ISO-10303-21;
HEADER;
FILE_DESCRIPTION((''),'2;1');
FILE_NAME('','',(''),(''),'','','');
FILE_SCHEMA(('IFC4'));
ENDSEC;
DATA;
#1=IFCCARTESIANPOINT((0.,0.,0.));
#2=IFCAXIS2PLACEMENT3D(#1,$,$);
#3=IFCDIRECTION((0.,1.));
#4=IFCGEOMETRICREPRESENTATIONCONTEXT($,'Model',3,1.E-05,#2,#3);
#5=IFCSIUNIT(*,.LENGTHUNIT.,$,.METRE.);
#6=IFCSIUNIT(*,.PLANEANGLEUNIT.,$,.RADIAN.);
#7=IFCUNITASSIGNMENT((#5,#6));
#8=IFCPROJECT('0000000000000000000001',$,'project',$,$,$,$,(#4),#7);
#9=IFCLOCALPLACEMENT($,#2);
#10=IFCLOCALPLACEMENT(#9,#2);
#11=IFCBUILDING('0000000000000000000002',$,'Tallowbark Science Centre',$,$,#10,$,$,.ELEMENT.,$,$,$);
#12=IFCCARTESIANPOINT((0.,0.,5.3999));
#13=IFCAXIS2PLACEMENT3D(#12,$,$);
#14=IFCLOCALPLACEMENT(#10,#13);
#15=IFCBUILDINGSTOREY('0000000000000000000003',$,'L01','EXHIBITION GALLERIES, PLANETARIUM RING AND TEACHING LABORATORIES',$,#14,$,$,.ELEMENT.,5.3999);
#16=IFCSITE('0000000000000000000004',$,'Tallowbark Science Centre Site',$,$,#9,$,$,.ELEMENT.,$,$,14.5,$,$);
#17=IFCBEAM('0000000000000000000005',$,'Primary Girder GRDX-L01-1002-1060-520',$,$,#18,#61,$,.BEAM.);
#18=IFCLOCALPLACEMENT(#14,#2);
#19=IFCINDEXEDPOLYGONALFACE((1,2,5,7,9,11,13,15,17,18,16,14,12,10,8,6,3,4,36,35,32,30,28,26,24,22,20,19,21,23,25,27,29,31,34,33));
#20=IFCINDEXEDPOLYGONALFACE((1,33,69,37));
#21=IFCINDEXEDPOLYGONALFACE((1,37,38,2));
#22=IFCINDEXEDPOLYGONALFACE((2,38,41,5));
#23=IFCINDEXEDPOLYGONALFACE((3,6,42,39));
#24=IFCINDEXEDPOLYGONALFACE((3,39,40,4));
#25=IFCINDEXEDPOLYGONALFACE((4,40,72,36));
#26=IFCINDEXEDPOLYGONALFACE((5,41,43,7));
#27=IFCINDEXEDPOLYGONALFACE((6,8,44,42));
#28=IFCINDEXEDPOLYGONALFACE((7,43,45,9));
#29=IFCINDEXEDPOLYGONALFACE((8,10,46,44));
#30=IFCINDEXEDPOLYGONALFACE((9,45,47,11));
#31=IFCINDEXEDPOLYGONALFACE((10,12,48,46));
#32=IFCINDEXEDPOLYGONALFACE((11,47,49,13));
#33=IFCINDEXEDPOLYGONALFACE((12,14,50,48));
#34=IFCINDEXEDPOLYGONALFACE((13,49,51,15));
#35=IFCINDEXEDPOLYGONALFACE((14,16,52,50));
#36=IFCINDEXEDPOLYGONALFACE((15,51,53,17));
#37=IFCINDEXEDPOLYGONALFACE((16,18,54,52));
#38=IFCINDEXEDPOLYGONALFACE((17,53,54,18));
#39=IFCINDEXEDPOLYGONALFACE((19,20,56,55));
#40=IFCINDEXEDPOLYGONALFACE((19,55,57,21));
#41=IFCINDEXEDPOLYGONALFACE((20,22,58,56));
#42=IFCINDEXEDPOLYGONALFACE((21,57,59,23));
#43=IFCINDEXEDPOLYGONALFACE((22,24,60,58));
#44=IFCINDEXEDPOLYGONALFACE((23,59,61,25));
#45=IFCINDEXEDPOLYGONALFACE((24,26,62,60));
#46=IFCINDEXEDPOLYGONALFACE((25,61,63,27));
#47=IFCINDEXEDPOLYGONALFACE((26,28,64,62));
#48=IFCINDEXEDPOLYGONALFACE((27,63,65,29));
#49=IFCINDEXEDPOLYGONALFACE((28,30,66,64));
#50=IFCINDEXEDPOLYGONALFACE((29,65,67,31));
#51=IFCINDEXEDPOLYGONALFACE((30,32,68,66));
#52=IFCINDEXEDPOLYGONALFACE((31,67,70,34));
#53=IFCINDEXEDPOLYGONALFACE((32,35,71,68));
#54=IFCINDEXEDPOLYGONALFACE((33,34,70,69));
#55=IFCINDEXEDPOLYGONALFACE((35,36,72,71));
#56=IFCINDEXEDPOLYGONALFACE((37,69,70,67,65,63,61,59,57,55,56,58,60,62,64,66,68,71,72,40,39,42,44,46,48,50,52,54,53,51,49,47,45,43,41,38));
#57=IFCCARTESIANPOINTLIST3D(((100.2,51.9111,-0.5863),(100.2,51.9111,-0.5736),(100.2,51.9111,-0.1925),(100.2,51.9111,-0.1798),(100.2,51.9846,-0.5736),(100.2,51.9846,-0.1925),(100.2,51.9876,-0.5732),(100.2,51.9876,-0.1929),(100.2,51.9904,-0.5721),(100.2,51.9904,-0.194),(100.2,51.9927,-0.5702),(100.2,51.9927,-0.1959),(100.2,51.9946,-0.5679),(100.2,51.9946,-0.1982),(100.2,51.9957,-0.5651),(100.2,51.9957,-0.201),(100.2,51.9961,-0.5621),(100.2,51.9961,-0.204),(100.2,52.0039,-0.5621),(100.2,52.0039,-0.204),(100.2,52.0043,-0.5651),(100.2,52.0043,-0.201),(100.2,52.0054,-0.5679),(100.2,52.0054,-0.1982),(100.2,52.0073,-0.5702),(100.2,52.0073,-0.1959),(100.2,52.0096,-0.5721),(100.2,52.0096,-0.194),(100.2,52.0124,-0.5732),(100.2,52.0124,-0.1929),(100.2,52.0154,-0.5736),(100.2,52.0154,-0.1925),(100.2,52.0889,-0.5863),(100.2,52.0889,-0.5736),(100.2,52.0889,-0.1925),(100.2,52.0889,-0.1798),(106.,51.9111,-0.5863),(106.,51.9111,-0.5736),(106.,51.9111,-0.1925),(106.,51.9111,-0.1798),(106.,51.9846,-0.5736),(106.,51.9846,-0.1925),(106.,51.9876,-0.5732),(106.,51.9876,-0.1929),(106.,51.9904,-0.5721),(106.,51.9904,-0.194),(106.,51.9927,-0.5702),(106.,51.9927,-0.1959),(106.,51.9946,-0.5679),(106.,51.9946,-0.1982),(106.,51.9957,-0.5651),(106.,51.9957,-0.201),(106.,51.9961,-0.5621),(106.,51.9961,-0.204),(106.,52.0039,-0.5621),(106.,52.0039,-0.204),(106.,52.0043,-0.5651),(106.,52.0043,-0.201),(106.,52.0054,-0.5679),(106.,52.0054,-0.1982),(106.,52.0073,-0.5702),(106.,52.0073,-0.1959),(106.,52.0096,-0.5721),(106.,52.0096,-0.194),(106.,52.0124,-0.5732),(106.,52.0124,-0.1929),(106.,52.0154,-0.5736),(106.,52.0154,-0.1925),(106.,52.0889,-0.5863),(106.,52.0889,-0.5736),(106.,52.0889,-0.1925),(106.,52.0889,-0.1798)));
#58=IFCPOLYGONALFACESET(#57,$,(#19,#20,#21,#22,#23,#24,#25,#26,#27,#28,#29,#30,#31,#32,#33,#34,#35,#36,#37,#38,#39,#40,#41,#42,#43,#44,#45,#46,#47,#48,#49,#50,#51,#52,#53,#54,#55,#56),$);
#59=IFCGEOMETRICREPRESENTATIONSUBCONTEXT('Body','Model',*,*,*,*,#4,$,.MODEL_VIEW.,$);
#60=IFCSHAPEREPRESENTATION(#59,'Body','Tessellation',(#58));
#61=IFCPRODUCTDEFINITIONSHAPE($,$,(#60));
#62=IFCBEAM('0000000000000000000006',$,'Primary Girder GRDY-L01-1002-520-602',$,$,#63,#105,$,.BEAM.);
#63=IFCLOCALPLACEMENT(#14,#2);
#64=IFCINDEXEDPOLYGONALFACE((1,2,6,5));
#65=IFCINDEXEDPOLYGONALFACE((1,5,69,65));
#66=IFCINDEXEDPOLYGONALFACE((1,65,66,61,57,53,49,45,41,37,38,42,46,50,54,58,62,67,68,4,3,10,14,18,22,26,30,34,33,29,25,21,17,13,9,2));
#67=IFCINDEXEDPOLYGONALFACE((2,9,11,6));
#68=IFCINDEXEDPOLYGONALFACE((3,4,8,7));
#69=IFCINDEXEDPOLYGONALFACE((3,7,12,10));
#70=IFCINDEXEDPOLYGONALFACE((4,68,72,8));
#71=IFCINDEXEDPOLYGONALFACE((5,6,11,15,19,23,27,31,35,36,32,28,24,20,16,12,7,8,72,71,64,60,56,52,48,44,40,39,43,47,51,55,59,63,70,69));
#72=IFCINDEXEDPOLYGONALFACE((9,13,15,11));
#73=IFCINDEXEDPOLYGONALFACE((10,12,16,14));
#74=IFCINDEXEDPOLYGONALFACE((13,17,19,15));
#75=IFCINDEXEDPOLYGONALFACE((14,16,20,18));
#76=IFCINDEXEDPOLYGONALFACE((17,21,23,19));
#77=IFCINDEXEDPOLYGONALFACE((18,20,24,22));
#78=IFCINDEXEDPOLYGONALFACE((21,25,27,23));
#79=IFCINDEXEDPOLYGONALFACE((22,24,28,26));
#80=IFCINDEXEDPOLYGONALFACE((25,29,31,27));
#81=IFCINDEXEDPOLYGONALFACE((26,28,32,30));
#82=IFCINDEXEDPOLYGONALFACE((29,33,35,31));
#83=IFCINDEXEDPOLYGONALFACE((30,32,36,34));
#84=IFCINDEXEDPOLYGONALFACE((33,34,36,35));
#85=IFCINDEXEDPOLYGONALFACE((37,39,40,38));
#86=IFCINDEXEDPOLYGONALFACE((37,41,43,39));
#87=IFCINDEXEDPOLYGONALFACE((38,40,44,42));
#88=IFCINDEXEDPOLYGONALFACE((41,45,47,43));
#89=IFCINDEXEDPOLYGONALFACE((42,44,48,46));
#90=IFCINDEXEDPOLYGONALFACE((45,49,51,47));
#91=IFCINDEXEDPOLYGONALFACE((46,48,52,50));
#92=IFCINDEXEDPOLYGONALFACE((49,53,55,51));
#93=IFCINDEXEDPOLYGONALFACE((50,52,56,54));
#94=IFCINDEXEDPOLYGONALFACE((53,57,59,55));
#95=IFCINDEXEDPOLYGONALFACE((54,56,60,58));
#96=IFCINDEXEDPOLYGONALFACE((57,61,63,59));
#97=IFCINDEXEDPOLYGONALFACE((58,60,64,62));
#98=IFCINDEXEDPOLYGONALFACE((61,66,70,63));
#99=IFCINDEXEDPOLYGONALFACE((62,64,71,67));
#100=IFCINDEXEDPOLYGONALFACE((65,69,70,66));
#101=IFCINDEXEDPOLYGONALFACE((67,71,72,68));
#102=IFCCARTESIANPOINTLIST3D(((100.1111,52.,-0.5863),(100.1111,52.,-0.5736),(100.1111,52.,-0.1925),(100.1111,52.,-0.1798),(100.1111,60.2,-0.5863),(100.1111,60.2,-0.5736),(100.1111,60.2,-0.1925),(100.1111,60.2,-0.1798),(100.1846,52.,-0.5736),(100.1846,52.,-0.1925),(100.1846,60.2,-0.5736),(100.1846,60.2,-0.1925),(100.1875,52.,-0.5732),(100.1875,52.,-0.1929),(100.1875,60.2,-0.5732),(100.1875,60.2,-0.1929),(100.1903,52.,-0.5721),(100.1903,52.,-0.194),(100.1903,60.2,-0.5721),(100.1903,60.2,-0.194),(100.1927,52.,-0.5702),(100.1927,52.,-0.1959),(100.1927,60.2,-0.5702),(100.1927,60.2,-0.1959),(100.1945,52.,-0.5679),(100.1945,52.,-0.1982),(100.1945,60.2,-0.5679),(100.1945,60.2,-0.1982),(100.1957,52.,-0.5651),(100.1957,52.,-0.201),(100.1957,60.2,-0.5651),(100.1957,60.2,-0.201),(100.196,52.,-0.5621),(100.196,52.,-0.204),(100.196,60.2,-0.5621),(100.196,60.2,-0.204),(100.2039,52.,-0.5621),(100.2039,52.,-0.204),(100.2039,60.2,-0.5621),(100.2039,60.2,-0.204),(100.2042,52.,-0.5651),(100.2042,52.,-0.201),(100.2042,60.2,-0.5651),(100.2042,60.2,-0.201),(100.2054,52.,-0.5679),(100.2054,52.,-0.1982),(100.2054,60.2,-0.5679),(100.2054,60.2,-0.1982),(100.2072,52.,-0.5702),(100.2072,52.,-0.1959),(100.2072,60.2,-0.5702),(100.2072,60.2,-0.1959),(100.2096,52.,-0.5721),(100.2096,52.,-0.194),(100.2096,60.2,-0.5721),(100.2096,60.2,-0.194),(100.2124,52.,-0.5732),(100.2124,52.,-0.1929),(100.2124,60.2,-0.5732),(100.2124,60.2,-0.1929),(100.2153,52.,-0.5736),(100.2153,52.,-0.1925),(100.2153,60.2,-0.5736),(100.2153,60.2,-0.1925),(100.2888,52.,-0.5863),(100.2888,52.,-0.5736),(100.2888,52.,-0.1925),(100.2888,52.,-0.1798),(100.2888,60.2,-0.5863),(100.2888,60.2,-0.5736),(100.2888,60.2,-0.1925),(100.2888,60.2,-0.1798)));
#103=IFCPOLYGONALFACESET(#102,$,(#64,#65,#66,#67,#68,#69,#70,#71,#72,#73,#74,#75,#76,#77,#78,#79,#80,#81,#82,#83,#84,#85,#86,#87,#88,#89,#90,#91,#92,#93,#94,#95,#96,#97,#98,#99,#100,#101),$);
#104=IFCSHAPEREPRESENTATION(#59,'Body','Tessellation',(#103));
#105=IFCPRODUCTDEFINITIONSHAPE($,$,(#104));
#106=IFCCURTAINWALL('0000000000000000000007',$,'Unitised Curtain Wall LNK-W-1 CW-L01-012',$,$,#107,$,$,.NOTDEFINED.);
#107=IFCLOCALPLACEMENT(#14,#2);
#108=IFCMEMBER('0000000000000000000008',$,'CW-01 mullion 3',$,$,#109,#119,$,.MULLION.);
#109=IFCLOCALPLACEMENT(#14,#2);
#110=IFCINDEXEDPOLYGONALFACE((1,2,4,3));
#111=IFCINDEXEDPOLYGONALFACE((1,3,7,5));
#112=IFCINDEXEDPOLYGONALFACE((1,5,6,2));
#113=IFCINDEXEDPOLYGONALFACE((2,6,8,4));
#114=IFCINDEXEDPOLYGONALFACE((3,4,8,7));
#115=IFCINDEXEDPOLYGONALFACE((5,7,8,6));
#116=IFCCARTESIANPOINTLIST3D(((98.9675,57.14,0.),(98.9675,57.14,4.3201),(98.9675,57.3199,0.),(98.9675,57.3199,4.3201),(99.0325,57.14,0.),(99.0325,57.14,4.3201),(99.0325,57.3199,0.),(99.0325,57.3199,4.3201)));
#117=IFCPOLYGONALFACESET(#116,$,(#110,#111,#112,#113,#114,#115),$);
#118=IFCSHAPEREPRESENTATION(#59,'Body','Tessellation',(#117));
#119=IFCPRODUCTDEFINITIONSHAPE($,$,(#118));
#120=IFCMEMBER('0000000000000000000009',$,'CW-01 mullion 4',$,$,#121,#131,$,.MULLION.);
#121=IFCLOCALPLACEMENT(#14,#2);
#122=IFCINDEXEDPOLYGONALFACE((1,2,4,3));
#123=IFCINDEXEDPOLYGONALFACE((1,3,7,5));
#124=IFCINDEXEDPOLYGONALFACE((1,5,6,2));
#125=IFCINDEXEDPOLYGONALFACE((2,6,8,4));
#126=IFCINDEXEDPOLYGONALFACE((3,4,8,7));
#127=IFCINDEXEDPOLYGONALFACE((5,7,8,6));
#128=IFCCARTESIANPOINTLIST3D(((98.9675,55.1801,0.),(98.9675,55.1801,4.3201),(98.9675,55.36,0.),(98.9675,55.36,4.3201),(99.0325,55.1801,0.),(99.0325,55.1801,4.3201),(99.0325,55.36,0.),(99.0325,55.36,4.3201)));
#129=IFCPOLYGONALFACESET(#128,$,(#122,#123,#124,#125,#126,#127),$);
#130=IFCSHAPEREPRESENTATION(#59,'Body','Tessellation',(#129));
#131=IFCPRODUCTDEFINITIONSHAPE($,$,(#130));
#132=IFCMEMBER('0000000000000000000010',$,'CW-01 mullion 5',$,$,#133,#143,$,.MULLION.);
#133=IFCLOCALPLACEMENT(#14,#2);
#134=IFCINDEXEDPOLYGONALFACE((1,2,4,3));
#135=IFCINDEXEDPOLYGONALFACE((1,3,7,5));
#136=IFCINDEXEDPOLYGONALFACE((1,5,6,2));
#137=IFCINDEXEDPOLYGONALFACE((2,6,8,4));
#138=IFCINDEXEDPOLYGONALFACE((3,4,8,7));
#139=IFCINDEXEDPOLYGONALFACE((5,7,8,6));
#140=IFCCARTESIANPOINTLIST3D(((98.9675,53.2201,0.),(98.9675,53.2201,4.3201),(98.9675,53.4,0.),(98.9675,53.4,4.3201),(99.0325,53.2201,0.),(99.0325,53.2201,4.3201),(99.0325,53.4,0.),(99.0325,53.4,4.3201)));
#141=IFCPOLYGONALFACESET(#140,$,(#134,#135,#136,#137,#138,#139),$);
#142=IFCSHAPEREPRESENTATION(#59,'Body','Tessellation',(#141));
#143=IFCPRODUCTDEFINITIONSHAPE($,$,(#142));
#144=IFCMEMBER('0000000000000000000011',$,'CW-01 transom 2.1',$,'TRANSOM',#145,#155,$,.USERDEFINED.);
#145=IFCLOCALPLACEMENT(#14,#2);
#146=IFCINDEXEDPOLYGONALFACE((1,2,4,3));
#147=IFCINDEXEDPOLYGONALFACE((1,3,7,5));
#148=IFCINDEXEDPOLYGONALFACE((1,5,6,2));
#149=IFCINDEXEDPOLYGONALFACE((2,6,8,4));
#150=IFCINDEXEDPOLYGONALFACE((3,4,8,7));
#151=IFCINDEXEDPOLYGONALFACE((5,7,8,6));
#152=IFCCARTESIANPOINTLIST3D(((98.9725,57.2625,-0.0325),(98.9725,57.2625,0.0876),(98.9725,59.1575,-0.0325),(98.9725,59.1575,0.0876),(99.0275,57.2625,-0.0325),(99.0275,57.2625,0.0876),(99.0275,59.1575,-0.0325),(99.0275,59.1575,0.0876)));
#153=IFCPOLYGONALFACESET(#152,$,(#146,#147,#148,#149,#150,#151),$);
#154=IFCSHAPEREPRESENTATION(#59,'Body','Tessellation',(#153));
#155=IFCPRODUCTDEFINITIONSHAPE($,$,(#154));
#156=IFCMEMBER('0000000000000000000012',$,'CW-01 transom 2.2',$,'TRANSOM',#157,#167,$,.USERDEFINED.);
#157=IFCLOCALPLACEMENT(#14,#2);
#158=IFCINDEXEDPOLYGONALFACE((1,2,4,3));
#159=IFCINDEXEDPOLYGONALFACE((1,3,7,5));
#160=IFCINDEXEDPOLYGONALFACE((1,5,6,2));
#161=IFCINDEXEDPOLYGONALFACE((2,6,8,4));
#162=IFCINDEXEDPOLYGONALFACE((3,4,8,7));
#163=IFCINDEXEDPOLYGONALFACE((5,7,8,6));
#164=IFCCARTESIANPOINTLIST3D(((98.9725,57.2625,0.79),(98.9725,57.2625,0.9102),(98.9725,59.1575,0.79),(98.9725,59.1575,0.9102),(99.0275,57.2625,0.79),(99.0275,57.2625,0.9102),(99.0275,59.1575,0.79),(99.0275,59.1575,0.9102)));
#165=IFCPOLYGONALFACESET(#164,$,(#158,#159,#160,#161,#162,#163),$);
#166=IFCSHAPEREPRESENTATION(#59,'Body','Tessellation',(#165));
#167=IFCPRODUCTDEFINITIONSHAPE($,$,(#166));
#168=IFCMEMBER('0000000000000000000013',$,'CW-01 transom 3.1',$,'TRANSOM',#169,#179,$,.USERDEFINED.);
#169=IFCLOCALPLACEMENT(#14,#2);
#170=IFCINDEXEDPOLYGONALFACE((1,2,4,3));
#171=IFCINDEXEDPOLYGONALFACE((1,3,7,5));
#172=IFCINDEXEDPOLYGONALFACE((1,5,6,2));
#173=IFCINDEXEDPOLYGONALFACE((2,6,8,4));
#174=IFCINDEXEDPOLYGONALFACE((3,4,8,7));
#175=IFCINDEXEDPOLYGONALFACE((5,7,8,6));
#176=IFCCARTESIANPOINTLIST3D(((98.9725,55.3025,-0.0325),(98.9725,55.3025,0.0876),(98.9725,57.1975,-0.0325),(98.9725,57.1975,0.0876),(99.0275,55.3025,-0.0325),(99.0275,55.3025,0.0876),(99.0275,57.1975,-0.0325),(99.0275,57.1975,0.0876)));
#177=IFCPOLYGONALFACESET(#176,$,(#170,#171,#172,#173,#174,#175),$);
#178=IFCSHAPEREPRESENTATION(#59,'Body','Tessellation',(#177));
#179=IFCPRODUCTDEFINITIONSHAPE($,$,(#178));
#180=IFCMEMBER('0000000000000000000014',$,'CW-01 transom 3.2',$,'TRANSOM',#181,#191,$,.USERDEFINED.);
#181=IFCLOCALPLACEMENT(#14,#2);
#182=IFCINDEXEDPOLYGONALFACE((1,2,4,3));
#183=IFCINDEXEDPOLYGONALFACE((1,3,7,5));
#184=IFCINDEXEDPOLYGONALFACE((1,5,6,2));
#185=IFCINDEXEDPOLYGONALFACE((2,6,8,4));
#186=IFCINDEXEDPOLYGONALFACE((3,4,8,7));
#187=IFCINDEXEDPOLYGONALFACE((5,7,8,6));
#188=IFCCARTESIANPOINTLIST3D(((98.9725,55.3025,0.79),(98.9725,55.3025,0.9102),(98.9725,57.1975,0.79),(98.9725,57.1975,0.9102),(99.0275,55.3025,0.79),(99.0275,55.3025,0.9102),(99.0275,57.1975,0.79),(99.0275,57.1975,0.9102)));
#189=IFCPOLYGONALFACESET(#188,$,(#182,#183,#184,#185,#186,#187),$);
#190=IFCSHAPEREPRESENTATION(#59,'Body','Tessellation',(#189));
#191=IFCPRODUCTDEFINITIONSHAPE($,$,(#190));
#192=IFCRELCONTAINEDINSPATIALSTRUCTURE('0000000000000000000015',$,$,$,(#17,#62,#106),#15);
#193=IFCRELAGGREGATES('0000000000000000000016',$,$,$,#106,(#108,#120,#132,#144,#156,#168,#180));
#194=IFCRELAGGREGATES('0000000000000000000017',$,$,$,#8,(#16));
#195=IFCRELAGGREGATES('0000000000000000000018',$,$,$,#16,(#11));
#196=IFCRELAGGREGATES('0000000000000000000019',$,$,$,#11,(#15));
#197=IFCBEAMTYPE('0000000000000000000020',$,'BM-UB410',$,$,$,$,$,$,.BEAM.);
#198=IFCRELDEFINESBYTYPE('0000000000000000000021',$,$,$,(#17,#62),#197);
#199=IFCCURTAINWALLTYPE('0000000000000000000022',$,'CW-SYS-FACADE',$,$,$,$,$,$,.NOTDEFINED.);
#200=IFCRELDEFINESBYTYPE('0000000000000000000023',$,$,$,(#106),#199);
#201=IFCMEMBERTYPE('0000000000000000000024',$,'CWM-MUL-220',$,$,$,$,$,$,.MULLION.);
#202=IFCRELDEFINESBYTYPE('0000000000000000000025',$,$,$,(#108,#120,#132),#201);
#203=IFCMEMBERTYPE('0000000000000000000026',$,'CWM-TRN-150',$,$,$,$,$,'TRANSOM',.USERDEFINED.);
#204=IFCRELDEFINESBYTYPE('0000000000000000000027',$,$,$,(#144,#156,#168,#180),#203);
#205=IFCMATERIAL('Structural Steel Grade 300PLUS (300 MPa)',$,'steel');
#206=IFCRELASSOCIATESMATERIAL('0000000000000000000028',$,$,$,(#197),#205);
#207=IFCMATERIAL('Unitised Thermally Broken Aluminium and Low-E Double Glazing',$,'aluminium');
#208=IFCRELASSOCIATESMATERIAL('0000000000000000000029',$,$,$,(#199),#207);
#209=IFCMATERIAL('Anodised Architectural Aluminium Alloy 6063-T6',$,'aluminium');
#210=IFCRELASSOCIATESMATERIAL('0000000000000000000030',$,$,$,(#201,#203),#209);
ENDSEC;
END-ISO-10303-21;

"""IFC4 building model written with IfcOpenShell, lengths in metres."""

from ifc_helpers import new_model, si_unit, direction, frame, origin, origin_2d, place, context, subcontext, project, spatial, rectangle, i_section, extrude, material, material_profile, profile_set, type_object, element, aggregate, save


model = new_model("IFC4")

# Units and contexts
model_context = context("Model", 3, precision=1e-05, world=origin(), true_north=direction((0.0, 1.0)))
body_context = subcontext(model_context, "Body", "Model", "MODEL_VIEW")
ifc_project = project(units=[si_unit("LENGTHUNIT", "METRE"), si_unit("PLANEANGLEUNIT", "RADIAN")], contexts=[model_context])

# Site, building, storey
site_placement = place(None, origin())
site = spatial("IfcSite", under=ifc_project, at=site_placement, Name="Tallowbark Science Centre Site", CompositionType="ELEMENT", RefElevation=14.5)
building_placement = place(site_placement, origin())
building = spatial("IfcBuilding", under=site, at=building_placement, Name="Tallowbark Science Centre", CompositionType="ELEMENT")
storey_placement = place(building_placement, frame((0.0, 0.0, 5.3999)))
storey = spatial("IfcBuildingStorey", under=building, at=storey_placement, Name="L01", Description="EXHIBITION GALLERIES, PLANETARIUM RING AND TEACHING LABORATORIES", CompositionType="ELEMENT", Elevation=5.3999)

# Beams
ifc_material_1 = material(Name="Structural Steel Grade 300PLUS (300 MPa)", Category="steel")
ifc_material_profile_1 = material_profile(ifc_material_1, i_section(OverallWidth=0.1777, OverallDepth=0.4065, WebThickness=0.0078, FlangeThickness=0.0127, FilletRadius=0.0115, at=origin_2d()), Name="410UB59.7")
ifc_profile_set_1 = profile_set([ifc_material_profile_1], Name="Structural Steel Grade 300PLUS (300 MPa)")
beam_type = type_object("IfcBeamType", Name="BM-UB410", PredefinedType="BEAM", material=ifc_profile_set_1)
beam_1_placement = place(storey_placement, frame((100.2, 52.0, -0.3831), z_axis=(1.0, 0.0, 0.0), x_axis=(0.0, 1.0, 0.0)))
element("IfcBeam", 1, at=beam_1_placement, inside=storey, type_object=beam_type, Name="Primary Girder GRDX-L01-1002-1060-520", PredefinedType="BEAM", context=body_context, shape_type="SweptSolid", body=[
    extrude(i_section(OverallWidth=0.1777, OverallDepth=0.4065, WebThickness=0.0078, FlangeThickness=0.0127, FilletRadius=0.0115, at=origin_2d()), origin(), (0.0, 0.0, 1.0), 5.8),
])
beam_2_placement = place(storey_placement, frame((100.2, 52.0, -0.3831), z_axis=(0.0, 1.0, 0.0), x_axis=(-1.0, 0.0, 0.0)))
element("IfcBeam", 2, at=beam_2_placement, inside=storey, type_object=beam_type, Name="Primary Girder GRDY-L01-1002-520-602", PredefinedType="BEAM", context=body_context, shape_type="SweptSolid", body=[
    extrude(i_section(OverallWidth=0.1777, OverallDepth=0.4065, WebThickness=0.0078, FlangeThickness=0.0127, FilletRadius=0.0115, at=origin_2d()), origin(), (0.0, 0.0, 1.0), 8.2),
])

# Curtain wall, members
ifc_material_2 = material(Name="Unitised Thermally Broken Aluminium and Low-E Double Glazing", Category="aluminium")
curtain_wall_type = type_object("IfcCurtainWallType", Name="CW-SYS-FACADE", PredefinedType="NOTDEFINED", material=ifc_material_2)
curtain_wall_placement = place(storey_placement, origin())
curtain_wall = element("IfcCurtainWall", 3, at=curtain_wall_placement, inside=storey, type_object=curtain_wall_type, Name="Unitised Curtain Wall LNK-W-1 CW-L01-012", PredefinedType="NOTDEFINED")
ifc_material_3 = material(Name="Anodised Architectural Aluminium Alloy 6063-T6", Category="aluminium")
ifc_material_profile_2 = material_profile(ifc_material_3, rectangle(XDim=0.0649, YDim=0.1799, at=origin_2d()), Name="ALU65x180")
ifc_profile_set_2 = profile_set([ifc_material_profile_2], Name="Anodised Architectural Aluminium Alloy 6063-T6")
member_type_1 = type_object("IfcMemberType", Name="CWM-MUL-220", PredefinedType="MULLION", material=ifc_profile_set_2)
member_1_placement = place(storey_placement, frame((99.0, 57.23, 0.0), z_axis=(0.0, 0.0, 1.0), x_axis=(1.0, 0.0, 0.0)))
member_1 = element("IfcMember", 4, at=member_1_placement, type_object=member_type_1, Name="CW-01 mullion 3", PredefinedType="MULLION", context=body_context, shape_type="SweptSolid", body=[
    extrude(rectangle(XDim=0.0649, YDim=0.1799, at=origin_2d()), origin(), (0.0, 0.0, 1.0), 4.3201),
])
member_2_placement = place(storey_placement, frame((99.0, 55.27, 0.0), z_axis=(0.0, 0.0, 1.0), x_axis=(1.0, 0.0, 0.0)))
member_2 = element("IfcMember", 5, at=member_2_placement, type_object=member_type_1, Name="CW-01 mullion 4", PredefinedType="MULLION", context=body_context, shape_type="SweptSolid", body=[
    extrude(rectangle(XDim=0.0649, YDim=0.1799, at=origin_2d()), origin(), (0.0, 0.0, 1.0), 4.3201),
])
member_3_placement = place(storey_placement, frame((99.0, 53.3101, 0.0), z_axis=(0.0, 0.0, 1.0), x_axis=(1.0, 0.0, 0.0)))
member_3 = element("IfcMember", 6, at=member_3_placement, type_object=member_type_1, Name="CW-01 mullion 5", PredefinedType="MULLION", context=body_context, shape_type="SweptSolid", body=[
    extrude(rectangle(XDim=0.0649, YDim=0.1799, at=origin_2d()), origin(), (0.0, 0.0, 1.0), 4.3201),
])
ifc_material_profile_3 = material_profile(ifc_material_3, rectangle(XDim=0.0549, YDim=0.1201, at=origin_2d()), Name="ALU55x120")
ifc_profile_set_3 = profile_set([ifc_material_profile_3], Name="Anodised Architectural Aluminium Alloy 6063-T6")
member_type_2 = type_object("IfcMemberType", Name="CWM-TRN-150", ElementType="TRANSOM", PredefinedType="USERDEFINED", material=ifc_profile_set_3)
member_4_placement = place(storey_placement, frame((99.0, 59.1575, 0.0276), z_axis=(0.0, -1.0, 0.0), x_axis=(1.0, 0.0, 0.0)))
member_4 = element("IfcMember", 7, at=member_4_placement, type_object=member_type_2, Name="CW-01 transom 2.1", ObjectType="TRANSOM", PredefinedType="USERDEFINED", context=body_context, shape_type="SweptSolid", body=[
    extrude(rectangle(XDim=0.0549, YDim=0.1201, at=origin_2d()), origin(), (0.0, 0.0, 1.0), 1.895),
])
member_5_placement = place(storey_placement, frame((99.0, 59.1575, 0.8501), z_axis=(0.0, -1.0, 0.0), x_axis=(1.0, 0.0, 0.0)))
member_5 = element("IfcMember", 8, at=member_5_placement, type_object=member_type_2, Name="CW-01 transom 2.2", ObjectType="TRANSOM", PredefinedType="USERDEFINED", context=body_context, shape_type="SweptSolid", body=[
    extrude(rectangle(XDim=0.0549, YDim=0.1201, at=origin_2d()), origin(), (0.0, 0.0, 1.0), 1.895),
])
member_6_placement = place(storey_placement, frame((99.0, 57.1975, 0.0276), z_axis=(0.0, -1.0, 0.0), x_axis=(1.0, 0.0, 0.0)))
member_6 = element("IfcMember", 9, at=member_6_placement, type_object=member_type_2, Name="CW-01 transom 3.1", ObjectType="TRANSOM", PredefinedType="USERDEFINED", context=body_context, shape_type="SweptSolid", body=[
    extrude(rectangle(XDim=0.0549, YDim=0.1201, at=origin_2d()), origin(), (0.0, 0.0, 1.0), 1.895),
])
member_7_placement = place(storey_placement, frame((99.0, 57.1975, 0.8501), z_axis=(0.0, -1.0, 0.0), x_axis=(1.0, 0.0, 0.0)))
member_7 = element("IfcMember", 10, at=member_7_placement, type_object=member_type_2, Name="CW-01 transom 3.2", ObjectType="TRANSOM", PredefinedType="USERDEFINED", context=body_context, shape_type="SweptSolid", body=[
    extrude(rectangle(XDim=0.0549, YDim=0.1201, at=origin_2d()), origin(), (0.0, 0.0, 1.0), 1.895),
])
aggregate(curtain_wall, [member_1, member_2, member_3, member_4, member_5, member_6, member_7])

save(model, "model.ifc")
